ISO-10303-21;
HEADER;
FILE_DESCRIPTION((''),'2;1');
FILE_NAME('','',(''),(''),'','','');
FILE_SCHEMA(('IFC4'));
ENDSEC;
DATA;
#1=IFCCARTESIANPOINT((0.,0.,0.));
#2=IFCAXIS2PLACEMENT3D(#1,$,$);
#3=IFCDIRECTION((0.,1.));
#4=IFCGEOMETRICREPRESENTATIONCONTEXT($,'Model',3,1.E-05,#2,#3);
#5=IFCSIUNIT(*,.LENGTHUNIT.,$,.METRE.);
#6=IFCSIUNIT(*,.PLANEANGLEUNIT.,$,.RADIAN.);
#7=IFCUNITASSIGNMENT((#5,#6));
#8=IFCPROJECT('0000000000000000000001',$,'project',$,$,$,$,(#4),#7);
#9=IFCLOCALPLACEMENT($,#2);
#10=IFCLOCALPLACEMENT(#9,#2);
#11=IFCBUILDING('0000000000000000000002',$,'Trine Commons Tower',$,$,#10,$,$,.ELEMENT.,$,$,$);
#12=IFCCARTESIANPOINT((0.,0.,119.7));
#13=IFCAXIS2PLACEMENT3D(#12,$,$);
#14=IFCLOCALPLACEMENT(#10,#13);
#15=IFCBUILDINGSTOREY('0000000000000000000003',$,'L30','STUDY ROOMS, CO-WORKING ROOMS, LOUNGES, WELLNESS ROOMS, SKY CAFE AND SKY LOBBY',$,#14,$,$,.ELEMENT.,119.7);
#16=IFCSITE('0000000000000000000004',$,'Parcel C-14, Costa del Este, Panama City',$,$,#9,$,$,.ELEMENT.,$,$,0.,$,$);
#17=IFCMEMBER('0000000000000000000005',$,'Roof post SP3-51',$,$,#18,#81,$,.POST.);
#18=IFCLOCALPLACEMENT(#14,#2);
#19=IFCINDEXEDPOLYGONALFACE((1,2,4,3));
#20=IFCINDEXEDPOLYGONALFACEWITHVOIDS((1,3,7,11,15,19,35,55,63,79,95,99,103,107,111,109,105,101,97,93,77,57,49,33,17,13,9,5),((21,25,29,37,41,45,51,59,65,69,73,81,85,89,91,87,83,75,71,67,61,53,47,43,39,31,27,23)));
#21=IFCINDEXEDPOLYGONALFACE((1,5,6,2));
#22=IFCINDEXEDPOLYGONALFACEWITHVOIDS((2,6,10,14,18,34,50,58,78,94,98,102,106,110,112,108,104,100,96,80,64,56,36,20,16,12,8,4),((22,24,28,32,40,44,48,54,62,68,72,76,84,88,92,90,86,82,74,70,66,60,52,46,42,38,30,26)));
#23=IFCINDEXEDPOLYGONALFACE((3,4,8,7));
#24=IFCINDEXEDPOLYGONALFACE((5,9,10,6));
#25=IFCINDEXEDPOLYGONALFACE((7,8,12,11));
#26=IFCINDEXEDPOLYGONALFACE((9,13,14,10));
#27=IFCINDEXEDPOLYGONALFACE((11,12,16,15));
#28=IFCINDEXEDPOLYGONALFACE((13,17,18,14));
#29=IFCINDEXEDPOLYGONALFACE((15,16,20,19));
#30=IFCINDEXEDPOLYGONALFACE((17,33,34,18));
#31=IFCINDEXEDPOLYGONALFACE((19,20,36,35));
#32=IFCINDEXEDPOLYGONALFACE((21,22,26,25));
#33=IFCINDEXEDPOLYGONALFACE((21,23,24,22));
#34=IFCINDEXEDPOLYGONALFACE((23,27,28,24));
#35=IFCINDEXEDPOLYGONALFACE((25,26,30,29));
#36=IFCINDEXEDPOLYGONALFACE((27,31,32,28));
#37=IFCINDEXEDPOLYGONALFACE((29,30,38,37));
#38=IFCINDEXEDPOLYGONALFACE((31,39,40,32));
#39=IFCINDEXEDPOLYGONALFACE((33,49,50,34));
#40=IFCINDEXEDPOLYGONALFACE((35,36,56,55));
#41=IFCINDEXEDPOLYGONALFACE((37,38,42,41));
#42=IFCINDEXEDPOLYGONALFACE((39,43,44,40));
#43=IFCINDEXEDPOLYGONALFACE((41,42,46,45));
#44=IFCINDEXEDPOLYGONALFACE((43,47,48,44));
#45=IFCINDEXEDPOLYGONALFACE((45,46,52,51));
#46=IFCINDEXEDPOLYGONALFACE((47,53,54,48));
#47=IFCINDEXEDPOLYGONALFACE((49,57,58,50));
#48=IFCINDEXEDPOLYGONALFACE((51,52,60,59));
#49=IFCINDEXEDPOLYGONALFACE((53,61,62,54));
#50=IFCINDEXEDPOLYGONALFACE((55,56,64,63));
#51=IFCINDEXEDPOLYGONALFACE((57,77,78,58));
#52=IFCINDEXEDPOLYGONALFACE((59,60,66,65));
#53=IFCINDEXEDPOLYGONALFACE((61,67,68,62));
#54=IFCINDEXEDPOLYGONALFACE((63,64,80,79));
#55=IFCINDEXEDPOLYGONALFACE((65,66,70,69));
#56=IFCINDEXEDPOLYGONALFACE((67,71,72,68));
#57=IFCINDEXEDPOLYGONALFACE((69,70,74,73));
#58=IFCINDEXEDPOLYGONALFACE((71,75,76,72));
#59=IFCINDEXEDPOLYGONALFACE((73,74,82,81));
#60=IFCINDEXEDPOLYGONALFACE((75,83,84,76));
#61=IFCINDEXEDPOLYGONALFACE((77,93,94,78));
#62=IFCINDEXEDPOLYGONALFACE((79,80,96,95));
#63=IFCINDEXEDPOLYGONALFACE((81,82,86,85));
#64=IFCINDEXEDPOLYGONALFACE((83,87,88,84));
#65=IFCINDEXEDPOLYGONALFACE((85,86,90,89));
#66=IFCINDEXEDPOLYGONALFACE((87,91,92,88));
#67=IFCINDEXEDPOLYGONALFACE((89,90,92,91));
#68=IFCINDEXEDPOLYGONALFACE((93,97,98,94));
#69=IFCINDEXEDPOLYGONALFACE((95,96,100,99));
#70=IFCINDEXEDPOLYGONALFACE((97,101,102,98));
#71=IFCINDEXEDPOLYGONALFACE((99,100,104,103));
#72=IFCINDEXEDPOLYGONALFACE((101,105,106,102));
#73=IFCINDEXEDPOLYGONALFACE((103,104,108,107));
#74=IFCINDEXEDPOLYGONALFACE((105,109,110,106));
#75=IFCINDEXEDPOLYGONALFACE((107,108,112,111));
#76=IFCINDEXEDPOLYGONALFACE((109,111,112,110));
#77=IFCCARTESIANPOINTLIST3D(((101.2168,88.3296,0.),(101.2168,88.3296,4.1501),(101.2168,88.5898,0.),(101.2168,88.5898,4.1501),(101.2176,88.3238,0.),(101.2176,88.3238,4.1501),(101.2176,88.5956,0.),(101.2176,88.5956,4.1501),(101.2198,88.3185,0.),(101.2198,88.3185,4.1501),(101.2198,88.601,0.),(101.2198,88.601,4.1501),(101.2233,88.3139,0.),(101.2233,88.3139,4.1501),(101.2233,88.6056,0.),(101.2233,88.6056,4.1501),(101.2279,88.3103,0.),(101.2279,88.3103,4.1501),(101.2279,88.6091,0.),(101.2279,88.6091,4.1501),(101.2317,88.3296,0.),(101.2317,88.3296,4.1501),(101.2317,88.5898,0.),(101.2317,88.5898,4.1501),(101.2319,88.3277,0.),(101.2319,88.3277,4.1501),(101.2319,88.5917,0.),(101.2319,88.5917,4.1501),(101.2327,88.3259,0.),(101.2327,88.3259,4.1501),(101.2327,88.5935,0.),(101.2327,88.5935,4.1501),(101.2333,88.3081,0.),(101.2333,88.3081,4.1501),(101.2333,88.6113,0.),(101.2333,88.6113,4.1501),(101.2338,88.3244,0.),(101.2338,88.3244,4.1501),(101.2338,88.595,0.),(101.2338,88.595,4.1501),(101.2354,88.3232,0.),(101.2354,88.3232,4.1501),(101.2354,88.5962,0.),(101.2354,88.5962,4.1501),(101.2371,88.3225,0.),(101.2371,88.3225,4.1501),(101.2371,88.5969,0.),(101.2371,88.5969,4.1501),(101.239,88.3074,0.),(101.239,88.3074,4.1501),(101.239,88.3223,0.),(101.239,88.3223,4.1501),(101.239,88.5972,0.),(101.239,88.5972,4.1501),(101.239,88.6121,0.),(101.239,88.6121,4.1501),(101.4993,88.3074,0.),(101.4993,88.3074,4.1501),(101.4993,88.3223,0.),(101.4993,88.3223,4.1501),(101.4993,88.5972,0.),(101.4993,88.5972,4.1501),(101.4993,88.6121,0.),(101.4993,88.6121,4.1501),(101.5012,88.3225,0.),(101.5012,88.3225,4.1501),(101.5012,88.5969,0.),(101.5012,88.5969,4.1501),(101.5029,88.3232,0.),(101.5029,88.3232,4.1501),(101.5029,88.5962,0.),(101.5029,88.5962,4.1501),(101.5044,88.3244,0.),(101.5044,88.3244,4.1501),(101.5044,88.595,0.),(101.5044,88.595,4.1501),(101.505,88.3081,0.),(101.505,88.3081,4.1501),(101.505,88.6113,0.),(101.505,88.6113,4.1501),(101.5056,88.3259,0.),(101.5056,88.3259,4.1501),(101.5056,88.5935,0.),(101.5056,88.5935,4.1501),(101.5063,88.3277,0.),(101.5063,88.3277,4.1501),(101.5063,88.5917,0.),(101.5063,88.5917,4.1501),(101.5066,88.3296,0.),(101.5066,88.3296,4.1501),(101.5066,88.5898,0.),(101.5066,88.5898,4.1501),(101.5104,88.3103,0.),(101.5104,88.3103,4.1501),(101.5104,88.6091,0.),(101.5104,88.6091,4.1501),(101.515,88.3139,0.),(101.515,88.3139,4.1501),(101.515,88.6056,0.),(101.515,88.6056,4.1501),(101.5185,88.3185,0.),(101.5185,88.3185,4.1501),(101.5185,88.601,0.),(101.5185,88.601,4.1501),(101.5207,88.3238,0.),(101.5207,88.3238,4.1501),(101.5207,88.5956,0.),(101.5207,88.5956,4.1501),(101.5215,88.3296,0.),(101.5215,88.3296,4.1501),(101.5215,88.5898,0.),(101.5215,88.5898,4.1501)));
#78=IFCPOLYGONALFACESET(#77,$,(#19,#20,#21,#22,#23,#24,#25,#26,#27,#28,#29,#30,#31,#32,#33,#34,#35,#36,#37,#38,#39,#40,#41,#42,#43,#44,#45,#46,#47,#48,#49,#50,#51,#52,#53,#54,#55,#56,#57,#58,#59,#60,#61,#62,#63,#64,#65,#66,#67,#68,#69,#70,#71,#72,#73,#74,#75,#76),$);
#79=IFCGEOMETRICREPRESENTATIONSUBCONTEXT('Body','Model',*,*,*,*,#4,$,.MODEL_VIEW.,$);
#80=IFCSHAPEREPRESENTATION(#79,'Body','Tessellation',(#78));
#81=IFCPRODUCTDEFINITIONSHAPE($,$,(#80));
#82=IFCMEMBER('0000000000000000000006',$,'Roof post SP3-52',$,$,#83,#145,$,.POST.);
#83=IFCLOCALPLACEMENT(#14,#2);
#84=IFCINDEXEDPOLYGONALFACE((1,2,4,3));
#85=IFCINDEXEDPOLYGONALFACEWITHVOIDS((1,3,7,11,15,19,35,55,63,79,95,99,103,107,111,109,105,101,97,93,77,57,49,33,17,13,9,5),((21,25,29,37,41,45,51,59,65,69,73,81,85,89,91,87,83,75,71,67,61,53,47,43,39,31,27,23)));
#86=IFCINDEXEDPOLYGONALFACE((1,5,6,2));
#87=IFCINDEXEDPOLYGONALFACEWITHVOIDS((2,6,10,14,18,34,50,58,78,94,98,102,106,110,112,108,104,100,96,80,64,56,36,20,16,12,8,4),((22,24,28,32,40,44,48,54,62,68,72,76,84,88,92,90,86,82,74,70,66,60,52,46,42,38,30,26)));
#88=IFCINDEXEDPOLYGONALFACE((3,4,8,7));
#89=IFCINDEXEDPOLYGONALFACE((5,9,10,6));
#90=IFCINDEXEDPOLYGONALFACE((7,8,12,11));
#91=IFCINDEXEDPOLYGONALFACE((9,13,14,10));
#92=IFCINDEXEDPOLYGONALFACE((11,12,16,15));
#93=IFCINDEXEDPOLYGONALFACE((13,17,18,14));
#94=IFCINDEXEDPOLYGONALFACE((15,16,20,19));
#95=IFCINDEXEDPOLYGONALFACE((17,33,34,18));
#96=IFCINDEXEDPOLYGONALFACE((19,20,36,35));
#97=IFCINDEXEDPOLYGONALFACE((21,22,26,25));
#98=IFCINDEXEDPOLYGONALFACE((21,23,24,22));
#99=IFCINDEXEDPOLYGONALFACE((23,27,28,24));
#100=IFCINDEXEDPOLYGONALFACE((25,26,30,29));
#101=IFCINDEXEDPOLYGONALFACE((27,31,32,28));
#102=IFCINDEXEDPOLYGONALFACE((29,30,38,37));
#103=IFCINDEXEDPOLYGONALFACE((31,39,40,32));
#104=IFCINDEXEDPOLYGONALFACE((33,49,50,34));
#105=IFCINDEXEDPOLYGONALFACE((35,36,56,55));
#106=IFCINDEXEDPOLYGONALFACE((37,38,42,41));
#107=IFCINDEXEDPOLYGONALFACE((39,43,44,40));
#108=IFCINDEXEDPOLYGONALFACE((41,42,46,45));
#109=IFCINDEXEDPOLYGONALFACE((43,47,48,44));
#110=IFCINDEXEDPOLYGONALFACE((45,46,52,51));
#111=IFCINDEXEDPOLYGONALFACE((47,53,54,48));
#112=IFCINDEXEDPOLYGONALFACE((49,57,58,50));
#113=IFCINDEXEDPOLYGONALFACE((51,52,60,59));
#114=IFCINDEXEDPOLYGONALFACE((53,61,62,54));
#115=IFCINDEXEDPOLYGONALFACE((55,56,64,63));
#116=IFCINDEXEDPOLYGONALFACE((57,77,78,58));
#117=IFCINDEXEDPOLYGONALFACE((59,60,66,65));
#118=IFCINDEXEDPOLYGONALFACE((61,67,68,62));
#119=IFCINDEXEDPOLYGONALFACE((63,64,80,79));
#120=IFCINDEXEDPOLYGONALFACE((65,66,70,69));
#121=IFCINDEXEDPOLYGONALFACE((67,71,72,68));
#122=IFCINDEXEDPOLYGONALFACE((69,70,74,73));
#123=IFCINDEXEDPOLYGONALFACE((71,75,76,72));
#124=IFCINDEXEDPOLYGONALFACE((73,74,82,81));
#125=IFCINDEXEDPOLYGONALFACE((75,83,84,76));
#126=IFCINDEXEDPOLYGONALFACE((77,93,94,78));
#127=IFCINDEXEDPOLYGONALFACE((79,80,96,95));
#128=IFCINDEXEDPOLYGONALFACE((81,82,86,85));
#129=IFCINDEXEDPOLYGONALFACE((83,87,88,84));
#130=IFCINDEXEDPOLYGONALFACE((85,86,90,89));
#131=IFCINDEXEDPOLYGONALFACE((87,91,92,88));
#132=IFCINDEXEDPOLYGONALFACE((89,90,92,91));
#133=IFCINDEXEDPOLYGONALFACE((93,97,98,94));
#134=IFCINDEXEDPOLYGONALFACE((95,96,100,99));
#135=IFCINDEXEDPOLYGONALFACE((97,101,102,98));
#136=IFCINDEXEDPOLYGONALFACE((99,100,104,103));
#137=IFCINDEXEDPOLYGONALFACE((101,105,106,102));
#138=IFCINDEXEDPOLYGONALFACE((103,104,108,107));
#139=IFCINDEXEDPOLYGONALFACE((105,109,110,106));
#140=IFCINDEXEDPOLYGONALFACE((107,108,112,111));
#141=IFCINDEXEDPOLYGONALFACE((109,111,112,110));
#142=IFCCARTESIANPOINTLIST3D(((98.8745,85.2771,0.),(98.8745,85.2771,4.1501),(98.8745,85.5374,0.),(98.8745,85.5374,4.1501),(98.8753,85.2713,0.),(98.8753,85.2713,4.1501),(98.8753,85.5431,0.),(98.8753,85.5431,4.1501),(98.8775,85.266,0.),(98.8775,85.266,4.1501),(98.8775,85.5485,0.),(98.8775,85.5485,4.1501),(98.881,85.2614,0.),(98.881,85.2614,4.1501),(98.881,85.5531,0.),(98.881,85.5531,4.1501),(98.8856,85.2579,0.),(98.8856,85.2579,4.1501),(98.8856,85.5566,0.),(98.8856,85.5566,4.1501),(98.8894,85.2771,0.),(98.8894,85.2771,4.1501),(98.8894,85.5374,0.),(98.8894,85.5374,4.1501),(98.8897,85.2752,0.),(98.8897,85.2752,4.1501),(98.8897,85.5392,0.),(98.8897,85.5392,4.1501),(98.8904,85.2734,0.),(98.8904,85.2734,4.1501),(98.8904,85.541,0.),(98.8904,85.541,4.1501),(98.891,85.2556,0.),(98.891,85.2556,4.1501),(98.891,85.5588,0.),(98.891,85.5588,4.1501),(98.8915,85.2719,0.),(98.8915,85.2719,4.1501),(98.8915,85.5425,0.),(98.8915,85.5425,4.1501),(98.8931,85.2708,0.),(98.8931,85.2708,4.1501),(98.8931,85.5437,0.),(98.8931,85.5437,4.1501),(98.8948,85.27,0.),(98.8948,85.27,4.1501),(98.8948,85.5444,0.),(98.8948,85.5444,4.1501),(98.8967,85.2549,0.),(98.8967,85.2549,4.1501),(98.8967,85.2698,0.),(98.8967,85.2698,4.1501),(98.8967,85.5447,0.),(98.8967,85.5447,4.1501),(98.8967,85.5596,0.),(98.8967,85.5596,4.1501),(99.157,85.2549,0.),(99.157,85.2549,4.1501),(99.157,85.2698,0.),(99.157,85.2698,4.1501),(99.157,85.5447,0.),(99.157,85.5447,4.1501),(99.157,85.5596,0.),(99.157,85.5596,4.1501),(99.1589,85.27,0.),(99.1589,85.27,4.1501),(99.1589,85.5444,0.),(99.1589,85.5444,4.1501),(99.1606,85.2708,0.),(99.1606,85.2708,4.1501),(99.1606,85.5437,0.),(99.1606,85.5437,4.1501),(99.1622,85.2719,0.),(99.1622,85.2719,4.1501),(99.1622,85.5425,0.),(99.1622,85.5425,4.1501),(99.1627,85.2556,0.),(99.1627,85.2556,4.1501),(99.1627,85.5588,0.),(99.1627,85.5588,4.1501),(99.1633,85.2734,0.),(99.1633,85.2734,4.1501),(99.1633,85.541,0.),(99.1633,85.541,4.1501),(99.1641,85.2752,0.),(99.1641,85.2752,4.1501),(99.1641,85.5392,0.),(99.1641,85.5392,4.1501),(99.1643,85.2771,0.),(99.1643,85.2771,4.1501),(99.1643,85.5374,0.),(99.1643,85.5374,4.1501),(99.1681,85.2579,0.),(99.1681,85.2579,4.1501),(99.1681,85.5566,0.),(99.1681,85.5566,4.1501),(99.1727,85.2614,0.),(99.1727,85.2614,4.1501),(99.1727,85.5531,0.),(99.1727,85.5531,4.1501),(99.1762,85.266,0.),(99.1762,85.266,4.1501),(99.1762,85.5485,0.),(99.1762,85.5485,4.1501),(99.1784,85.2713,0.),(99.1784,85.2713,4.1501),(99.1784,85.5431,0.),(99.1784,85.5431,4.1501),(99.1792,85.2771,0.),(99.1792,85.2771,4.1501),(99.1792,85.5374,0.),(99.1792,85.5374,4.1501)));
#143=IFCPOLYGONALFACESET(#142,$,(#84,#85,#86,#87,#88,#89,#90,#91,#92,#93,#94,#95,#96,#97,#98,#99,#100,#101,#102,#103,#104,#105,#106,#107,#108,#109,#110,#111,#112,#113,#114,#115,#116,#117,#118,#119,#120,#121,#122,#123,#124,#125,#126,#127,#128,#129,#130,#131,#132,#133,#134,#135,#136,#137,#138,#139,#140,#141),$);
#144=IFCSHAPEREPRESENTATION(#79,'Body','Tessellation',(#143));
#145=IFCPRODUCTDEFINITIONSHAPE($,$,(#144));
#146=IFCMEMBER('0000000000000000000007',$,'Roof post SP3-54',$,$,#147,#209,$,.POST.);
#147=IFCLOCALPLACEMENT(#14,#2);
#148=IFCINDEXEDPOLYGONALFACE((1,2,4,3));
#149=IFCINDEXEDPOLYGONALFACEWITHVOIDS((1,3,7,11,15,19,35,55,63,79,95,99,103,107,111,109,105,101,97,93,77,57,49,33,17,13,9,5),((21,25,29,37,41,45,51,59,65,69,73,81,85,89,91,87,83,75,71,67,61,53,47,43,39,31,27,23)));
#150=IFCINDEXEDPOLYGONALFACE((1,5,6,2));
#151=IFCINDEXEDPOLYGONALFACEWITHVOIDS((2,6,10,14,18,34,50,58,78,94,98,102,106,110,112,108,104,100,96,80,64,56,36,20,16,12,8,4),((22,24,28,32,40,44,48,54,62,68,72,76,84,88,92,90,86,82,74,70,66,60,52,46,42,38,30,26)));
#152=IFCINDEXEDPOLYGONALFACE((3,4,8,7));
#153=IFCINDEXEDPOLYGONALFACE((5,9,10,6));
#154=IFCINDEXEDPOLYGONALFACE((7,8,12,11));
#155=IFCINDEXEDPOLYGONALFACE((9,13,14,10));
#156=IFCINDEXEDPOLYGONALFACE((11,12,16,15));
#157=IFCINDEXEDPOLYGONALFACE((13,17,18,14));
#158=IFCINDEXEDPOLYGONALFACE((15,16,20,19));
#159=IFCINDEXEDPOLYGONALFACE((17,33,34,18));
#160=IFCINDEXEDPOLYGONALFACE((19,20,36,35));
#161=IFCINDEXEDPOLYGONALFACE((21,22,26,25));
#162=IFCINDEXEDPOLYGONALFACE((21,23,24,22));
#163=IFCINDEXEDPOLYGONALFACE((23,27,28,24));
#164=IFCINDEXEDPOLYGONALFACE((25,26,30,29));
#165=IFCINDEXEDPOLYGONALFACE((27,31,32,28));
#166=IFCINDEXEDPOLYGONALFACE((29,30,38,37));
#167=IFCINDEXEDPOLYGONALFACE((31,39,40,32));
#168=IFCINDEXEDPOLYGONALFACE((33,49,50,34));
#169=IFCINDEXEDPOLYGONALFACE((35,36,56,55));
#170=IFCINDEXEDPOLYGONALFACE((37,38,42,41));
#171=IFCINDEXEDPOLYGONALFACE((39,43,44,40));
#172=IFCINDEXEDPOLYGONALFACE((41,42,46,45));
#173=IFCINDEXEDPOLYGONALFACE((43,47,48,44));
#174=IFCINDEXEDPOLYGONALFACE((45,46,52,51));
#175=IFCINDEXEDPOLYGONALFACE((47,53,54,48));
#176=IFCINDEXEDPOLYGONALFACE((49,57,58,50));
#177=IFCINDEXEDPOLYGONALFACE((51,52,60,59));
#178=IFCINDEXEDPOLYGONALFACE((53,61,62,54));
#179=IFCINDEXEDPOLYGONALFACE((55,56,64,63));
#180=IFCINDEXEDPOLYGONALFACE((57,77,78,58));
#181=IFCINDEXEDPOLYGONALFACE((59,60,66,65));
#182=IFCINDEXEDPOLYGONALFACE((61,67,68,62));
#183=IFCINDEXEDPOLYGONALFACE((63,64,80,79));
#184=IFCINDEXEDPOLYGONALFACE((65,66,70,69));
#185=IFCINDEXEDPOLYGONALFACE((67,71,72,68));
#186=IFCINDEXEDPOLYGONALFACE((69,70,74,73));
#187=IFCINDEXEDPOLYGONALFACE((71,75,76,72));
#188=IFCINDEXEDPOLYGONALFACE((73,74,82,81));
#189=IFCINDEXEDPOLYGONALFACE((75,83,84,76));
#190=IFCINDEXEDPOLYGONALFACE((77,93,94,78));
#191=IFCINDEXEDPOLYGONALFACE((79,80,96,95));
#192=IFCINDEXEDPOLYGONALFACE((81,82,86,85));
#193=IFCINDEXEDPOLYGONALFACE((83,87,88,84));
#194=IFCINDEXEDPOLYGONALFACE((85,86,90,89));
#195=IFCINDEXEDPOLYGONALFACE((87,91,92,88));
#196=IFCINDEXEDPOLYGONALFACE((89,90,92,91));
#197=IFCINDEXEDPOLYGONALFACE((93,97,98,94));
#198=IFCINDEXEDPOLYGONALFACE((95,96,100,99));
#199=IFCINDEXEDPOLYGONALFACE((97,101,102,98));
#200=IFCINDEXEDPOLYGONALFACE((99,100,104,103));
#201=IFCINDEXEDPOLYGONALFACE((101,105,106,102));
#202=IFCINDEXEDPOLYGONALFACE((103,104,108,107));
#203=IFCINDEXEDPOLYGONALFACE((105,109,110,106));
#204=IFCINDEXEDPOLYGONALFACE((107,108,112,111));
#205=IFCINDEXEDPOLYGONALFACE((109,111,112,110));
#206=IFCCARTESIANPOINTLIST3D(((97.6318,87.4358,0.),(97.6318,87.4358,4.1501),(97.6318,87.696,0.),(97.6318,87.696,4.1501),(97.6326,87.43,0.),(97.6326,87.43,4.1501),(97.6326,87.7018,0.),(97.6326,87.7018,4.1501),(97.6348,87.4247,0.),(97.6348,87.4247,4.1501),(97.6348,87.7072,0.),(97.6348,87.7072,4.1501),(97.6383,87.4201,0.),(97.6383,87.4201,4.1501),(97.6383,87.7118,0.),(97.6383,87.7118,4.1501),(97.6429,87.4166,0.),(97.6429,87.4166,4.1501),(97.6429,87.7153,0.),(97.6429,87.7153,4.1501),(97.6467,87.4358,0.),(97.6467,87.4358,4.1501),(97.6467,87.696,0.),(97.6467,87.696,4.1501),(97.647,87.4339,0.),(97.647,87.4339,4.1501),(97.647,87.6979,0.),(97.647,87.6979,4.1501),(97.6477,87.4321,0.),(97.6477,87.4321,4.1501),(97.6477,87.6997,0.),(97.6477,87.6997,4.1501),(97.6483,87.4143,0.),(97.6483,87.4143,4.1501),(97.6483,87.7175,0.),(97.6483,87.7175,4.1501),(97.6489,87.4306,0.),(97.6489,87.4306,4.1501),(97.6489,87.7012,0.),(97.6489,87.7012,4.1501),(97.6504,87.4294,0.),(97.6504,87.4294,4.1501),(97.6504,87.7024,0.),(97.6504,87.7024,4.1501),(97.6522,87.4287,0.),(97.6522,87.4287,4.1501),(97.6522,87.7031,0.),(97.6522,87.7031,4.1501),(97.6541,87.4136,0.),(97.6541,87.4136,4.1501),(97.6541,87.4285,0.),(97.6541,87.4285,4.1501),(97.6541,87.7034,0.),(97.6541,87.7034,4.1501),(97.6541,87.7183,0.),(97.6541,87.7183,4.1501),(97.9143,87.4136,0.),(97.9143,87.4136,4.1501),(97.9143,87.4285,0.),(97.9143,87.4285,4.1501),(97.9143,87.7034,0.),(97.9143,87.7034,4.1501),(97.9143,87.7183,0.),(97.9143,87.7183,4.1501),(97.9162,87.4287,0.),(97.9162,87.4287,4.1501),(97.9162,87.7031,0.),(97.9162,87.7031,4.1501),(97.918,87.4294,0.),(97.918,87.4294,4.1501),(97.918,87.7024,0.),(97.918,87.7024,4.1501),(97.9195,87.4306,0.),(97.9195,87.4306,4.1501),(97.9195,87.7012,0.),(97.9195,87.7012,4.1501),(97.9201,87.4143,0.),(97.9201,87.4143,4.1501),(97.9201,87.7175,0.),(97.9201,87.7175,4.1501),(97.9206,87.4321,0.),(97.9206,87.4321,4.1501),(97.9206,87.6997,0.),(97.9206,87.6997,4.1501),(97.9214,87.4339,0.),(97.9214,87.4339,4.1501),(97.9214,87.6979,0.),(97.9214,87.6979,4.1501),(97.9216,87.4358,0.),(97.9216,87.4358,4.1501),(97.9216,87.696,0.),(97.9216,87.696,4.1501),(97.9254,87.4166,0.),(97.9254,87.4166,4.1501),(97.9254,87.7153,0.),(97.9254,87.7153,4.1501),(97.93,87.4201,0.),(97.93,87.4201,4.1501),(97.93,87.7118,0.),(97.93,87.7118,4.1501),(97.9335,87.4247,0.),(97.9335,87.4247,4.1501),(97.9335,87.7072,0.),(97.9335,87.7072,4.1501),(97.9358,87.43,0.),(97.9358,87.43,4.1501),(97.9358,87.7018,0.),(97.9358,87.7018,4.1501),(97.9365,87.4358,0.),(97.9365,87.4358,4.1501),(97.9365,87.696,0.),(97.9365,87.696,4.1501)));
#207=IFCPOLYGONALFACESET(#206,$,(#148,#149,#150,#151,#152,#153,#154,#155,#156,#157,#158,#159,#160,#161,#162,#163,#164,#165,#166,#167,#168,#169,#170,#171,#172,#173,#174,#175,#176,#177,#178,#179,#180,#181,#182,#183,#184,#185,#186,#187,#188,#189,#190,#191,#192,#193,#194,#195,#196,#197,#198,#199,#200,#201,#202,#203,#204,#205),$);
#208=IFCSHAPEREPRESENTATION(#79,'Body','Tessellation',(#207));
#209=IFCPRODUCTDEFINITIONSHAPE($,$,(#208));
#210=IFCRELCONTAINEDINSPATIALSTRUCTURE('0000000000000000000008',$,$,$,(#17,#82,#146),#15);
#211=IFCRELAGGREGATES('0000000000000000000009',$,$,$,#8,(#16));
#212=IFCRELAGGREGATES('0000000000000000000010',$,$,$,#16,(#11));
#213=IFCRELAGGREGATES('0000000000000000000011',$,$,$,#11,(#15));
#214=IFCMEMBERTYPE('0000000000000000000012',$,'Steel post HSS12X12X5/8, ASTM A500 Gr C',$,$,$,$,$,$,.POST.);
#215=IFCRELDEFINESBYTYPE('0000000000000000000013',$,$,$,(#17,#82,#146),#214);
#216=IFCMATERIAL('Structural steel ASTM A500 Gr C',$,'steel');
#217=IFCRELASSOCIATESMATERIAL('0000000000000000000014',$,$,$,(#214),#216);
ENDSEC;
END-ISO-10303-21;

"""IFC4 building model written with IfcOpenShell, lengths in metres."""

from ifc_helpers import new_model, si_unit, direction, frame, origin, origin_2d, place, context, subcontext, project, spatial, hollow_rectangle, extrude, material, material_profile, profile_set, type_object, element, save


model = new_model("IFC4")

# Units and contexts
model_context = context("Model", 3, precision=1e-05, world=origin(), true_north=direction((0.0, 1.0)))
body_context = subcontext(model_context, "Body", "Model", "MODEL_VIEW")
ifc_project = project(units=[si_unit("LENGTHUNIT", "METRE"), si_unit("PLANEANGLEUNIT", "RADIAN")], contexts=[model_context])

# Site, building, storey
site_placement = place(None, origin())
site = spatial("IfcSite", under=ifc_project, at=site_placement, Name="Parcel C-14, Costa del Este, Panama City", CompositionType="ELEMENT", RefElevation=0.0)
building_placement = place(site_placement, origin())
building = spatial("IfcBuilding", under=site, at=building_placement, Name="Trine Commons Tower", CompositionType="ELEMENT")
storey_placement = place(building_placement, frame((0.0, 0.0, 119.7)))
storey = spatial("IfcBuildingStorey", under=building, at=storey_placement, Name="L30", Description="STUDY ROOMS, CO-WORKING ROOMS, LOUNGES, WELLNESS ROOMS, SKY CAFE AND SKY LOBBY", CompositionType="ELEMENT", Elevation=119.7)

# Members
ifc_material_1 = material(Name="Structural steel ASTM A500 Gr C", Category="steel")
ifc_material_profile_1 = material_profile(ifc_material_1, hollow_rectangle(XDim=0.3047, YDim=0.3047, WallThickness=0.0149, InnerFilletRadius=0.0073, OuterFilletRadius=0.0222, at=origin_2d()), Name="HSS12X12X5/8")
ifc_profile_set_1 = profile_set([ifc_material_profile_1], Name="Structural steel ASTM A500 Gr C")
member_type_1 = type_object("IfcMemberType", Name="Steel post HSS12X12X5/8, ASTM A500 Gr C", PredefinedType="POST", material=ifc_profile_set_1)
for number, where, z_axis, x_axis, name in (
    (1, (101.3691, 88.4597, 0.0), (0.0, 0.0, 1.0), (1.0, 0.0, 0.0), "Roof post SP3-51"),
    (2, (99.0269, 85.4072, 0.0), (0.0, 0.0, 1.0), (1.0, 0.0, 0.0), "Roof post SP3-52"),
    (3, (97.7842, 87.5659, 0.0), (0.0, 0.0, 1.0), (1.0, 0.0, 0.0), "Roof post SP3-54"),
):
    element("IfcMember", number, at=place(storey_placement, frame(where, z_axis=z_axis, x_axis=x_axis)), inside=storey, type_object=member_type_1, Name=name, PredefinedType="POST", context=body_context, shape_type="SweptSolid", body=[
        extrude(hollow_rectangle(XDim=0.3047, YDim=0.3047, WallThickness=0.0149, InnerFilletRadius=0.0073, OuterFilletRadius=0.0222, at=origin_2d()), origin(), (0.0, 0.0, 1.0), 4.1501),
    ])

save(model, "model.ifc")
